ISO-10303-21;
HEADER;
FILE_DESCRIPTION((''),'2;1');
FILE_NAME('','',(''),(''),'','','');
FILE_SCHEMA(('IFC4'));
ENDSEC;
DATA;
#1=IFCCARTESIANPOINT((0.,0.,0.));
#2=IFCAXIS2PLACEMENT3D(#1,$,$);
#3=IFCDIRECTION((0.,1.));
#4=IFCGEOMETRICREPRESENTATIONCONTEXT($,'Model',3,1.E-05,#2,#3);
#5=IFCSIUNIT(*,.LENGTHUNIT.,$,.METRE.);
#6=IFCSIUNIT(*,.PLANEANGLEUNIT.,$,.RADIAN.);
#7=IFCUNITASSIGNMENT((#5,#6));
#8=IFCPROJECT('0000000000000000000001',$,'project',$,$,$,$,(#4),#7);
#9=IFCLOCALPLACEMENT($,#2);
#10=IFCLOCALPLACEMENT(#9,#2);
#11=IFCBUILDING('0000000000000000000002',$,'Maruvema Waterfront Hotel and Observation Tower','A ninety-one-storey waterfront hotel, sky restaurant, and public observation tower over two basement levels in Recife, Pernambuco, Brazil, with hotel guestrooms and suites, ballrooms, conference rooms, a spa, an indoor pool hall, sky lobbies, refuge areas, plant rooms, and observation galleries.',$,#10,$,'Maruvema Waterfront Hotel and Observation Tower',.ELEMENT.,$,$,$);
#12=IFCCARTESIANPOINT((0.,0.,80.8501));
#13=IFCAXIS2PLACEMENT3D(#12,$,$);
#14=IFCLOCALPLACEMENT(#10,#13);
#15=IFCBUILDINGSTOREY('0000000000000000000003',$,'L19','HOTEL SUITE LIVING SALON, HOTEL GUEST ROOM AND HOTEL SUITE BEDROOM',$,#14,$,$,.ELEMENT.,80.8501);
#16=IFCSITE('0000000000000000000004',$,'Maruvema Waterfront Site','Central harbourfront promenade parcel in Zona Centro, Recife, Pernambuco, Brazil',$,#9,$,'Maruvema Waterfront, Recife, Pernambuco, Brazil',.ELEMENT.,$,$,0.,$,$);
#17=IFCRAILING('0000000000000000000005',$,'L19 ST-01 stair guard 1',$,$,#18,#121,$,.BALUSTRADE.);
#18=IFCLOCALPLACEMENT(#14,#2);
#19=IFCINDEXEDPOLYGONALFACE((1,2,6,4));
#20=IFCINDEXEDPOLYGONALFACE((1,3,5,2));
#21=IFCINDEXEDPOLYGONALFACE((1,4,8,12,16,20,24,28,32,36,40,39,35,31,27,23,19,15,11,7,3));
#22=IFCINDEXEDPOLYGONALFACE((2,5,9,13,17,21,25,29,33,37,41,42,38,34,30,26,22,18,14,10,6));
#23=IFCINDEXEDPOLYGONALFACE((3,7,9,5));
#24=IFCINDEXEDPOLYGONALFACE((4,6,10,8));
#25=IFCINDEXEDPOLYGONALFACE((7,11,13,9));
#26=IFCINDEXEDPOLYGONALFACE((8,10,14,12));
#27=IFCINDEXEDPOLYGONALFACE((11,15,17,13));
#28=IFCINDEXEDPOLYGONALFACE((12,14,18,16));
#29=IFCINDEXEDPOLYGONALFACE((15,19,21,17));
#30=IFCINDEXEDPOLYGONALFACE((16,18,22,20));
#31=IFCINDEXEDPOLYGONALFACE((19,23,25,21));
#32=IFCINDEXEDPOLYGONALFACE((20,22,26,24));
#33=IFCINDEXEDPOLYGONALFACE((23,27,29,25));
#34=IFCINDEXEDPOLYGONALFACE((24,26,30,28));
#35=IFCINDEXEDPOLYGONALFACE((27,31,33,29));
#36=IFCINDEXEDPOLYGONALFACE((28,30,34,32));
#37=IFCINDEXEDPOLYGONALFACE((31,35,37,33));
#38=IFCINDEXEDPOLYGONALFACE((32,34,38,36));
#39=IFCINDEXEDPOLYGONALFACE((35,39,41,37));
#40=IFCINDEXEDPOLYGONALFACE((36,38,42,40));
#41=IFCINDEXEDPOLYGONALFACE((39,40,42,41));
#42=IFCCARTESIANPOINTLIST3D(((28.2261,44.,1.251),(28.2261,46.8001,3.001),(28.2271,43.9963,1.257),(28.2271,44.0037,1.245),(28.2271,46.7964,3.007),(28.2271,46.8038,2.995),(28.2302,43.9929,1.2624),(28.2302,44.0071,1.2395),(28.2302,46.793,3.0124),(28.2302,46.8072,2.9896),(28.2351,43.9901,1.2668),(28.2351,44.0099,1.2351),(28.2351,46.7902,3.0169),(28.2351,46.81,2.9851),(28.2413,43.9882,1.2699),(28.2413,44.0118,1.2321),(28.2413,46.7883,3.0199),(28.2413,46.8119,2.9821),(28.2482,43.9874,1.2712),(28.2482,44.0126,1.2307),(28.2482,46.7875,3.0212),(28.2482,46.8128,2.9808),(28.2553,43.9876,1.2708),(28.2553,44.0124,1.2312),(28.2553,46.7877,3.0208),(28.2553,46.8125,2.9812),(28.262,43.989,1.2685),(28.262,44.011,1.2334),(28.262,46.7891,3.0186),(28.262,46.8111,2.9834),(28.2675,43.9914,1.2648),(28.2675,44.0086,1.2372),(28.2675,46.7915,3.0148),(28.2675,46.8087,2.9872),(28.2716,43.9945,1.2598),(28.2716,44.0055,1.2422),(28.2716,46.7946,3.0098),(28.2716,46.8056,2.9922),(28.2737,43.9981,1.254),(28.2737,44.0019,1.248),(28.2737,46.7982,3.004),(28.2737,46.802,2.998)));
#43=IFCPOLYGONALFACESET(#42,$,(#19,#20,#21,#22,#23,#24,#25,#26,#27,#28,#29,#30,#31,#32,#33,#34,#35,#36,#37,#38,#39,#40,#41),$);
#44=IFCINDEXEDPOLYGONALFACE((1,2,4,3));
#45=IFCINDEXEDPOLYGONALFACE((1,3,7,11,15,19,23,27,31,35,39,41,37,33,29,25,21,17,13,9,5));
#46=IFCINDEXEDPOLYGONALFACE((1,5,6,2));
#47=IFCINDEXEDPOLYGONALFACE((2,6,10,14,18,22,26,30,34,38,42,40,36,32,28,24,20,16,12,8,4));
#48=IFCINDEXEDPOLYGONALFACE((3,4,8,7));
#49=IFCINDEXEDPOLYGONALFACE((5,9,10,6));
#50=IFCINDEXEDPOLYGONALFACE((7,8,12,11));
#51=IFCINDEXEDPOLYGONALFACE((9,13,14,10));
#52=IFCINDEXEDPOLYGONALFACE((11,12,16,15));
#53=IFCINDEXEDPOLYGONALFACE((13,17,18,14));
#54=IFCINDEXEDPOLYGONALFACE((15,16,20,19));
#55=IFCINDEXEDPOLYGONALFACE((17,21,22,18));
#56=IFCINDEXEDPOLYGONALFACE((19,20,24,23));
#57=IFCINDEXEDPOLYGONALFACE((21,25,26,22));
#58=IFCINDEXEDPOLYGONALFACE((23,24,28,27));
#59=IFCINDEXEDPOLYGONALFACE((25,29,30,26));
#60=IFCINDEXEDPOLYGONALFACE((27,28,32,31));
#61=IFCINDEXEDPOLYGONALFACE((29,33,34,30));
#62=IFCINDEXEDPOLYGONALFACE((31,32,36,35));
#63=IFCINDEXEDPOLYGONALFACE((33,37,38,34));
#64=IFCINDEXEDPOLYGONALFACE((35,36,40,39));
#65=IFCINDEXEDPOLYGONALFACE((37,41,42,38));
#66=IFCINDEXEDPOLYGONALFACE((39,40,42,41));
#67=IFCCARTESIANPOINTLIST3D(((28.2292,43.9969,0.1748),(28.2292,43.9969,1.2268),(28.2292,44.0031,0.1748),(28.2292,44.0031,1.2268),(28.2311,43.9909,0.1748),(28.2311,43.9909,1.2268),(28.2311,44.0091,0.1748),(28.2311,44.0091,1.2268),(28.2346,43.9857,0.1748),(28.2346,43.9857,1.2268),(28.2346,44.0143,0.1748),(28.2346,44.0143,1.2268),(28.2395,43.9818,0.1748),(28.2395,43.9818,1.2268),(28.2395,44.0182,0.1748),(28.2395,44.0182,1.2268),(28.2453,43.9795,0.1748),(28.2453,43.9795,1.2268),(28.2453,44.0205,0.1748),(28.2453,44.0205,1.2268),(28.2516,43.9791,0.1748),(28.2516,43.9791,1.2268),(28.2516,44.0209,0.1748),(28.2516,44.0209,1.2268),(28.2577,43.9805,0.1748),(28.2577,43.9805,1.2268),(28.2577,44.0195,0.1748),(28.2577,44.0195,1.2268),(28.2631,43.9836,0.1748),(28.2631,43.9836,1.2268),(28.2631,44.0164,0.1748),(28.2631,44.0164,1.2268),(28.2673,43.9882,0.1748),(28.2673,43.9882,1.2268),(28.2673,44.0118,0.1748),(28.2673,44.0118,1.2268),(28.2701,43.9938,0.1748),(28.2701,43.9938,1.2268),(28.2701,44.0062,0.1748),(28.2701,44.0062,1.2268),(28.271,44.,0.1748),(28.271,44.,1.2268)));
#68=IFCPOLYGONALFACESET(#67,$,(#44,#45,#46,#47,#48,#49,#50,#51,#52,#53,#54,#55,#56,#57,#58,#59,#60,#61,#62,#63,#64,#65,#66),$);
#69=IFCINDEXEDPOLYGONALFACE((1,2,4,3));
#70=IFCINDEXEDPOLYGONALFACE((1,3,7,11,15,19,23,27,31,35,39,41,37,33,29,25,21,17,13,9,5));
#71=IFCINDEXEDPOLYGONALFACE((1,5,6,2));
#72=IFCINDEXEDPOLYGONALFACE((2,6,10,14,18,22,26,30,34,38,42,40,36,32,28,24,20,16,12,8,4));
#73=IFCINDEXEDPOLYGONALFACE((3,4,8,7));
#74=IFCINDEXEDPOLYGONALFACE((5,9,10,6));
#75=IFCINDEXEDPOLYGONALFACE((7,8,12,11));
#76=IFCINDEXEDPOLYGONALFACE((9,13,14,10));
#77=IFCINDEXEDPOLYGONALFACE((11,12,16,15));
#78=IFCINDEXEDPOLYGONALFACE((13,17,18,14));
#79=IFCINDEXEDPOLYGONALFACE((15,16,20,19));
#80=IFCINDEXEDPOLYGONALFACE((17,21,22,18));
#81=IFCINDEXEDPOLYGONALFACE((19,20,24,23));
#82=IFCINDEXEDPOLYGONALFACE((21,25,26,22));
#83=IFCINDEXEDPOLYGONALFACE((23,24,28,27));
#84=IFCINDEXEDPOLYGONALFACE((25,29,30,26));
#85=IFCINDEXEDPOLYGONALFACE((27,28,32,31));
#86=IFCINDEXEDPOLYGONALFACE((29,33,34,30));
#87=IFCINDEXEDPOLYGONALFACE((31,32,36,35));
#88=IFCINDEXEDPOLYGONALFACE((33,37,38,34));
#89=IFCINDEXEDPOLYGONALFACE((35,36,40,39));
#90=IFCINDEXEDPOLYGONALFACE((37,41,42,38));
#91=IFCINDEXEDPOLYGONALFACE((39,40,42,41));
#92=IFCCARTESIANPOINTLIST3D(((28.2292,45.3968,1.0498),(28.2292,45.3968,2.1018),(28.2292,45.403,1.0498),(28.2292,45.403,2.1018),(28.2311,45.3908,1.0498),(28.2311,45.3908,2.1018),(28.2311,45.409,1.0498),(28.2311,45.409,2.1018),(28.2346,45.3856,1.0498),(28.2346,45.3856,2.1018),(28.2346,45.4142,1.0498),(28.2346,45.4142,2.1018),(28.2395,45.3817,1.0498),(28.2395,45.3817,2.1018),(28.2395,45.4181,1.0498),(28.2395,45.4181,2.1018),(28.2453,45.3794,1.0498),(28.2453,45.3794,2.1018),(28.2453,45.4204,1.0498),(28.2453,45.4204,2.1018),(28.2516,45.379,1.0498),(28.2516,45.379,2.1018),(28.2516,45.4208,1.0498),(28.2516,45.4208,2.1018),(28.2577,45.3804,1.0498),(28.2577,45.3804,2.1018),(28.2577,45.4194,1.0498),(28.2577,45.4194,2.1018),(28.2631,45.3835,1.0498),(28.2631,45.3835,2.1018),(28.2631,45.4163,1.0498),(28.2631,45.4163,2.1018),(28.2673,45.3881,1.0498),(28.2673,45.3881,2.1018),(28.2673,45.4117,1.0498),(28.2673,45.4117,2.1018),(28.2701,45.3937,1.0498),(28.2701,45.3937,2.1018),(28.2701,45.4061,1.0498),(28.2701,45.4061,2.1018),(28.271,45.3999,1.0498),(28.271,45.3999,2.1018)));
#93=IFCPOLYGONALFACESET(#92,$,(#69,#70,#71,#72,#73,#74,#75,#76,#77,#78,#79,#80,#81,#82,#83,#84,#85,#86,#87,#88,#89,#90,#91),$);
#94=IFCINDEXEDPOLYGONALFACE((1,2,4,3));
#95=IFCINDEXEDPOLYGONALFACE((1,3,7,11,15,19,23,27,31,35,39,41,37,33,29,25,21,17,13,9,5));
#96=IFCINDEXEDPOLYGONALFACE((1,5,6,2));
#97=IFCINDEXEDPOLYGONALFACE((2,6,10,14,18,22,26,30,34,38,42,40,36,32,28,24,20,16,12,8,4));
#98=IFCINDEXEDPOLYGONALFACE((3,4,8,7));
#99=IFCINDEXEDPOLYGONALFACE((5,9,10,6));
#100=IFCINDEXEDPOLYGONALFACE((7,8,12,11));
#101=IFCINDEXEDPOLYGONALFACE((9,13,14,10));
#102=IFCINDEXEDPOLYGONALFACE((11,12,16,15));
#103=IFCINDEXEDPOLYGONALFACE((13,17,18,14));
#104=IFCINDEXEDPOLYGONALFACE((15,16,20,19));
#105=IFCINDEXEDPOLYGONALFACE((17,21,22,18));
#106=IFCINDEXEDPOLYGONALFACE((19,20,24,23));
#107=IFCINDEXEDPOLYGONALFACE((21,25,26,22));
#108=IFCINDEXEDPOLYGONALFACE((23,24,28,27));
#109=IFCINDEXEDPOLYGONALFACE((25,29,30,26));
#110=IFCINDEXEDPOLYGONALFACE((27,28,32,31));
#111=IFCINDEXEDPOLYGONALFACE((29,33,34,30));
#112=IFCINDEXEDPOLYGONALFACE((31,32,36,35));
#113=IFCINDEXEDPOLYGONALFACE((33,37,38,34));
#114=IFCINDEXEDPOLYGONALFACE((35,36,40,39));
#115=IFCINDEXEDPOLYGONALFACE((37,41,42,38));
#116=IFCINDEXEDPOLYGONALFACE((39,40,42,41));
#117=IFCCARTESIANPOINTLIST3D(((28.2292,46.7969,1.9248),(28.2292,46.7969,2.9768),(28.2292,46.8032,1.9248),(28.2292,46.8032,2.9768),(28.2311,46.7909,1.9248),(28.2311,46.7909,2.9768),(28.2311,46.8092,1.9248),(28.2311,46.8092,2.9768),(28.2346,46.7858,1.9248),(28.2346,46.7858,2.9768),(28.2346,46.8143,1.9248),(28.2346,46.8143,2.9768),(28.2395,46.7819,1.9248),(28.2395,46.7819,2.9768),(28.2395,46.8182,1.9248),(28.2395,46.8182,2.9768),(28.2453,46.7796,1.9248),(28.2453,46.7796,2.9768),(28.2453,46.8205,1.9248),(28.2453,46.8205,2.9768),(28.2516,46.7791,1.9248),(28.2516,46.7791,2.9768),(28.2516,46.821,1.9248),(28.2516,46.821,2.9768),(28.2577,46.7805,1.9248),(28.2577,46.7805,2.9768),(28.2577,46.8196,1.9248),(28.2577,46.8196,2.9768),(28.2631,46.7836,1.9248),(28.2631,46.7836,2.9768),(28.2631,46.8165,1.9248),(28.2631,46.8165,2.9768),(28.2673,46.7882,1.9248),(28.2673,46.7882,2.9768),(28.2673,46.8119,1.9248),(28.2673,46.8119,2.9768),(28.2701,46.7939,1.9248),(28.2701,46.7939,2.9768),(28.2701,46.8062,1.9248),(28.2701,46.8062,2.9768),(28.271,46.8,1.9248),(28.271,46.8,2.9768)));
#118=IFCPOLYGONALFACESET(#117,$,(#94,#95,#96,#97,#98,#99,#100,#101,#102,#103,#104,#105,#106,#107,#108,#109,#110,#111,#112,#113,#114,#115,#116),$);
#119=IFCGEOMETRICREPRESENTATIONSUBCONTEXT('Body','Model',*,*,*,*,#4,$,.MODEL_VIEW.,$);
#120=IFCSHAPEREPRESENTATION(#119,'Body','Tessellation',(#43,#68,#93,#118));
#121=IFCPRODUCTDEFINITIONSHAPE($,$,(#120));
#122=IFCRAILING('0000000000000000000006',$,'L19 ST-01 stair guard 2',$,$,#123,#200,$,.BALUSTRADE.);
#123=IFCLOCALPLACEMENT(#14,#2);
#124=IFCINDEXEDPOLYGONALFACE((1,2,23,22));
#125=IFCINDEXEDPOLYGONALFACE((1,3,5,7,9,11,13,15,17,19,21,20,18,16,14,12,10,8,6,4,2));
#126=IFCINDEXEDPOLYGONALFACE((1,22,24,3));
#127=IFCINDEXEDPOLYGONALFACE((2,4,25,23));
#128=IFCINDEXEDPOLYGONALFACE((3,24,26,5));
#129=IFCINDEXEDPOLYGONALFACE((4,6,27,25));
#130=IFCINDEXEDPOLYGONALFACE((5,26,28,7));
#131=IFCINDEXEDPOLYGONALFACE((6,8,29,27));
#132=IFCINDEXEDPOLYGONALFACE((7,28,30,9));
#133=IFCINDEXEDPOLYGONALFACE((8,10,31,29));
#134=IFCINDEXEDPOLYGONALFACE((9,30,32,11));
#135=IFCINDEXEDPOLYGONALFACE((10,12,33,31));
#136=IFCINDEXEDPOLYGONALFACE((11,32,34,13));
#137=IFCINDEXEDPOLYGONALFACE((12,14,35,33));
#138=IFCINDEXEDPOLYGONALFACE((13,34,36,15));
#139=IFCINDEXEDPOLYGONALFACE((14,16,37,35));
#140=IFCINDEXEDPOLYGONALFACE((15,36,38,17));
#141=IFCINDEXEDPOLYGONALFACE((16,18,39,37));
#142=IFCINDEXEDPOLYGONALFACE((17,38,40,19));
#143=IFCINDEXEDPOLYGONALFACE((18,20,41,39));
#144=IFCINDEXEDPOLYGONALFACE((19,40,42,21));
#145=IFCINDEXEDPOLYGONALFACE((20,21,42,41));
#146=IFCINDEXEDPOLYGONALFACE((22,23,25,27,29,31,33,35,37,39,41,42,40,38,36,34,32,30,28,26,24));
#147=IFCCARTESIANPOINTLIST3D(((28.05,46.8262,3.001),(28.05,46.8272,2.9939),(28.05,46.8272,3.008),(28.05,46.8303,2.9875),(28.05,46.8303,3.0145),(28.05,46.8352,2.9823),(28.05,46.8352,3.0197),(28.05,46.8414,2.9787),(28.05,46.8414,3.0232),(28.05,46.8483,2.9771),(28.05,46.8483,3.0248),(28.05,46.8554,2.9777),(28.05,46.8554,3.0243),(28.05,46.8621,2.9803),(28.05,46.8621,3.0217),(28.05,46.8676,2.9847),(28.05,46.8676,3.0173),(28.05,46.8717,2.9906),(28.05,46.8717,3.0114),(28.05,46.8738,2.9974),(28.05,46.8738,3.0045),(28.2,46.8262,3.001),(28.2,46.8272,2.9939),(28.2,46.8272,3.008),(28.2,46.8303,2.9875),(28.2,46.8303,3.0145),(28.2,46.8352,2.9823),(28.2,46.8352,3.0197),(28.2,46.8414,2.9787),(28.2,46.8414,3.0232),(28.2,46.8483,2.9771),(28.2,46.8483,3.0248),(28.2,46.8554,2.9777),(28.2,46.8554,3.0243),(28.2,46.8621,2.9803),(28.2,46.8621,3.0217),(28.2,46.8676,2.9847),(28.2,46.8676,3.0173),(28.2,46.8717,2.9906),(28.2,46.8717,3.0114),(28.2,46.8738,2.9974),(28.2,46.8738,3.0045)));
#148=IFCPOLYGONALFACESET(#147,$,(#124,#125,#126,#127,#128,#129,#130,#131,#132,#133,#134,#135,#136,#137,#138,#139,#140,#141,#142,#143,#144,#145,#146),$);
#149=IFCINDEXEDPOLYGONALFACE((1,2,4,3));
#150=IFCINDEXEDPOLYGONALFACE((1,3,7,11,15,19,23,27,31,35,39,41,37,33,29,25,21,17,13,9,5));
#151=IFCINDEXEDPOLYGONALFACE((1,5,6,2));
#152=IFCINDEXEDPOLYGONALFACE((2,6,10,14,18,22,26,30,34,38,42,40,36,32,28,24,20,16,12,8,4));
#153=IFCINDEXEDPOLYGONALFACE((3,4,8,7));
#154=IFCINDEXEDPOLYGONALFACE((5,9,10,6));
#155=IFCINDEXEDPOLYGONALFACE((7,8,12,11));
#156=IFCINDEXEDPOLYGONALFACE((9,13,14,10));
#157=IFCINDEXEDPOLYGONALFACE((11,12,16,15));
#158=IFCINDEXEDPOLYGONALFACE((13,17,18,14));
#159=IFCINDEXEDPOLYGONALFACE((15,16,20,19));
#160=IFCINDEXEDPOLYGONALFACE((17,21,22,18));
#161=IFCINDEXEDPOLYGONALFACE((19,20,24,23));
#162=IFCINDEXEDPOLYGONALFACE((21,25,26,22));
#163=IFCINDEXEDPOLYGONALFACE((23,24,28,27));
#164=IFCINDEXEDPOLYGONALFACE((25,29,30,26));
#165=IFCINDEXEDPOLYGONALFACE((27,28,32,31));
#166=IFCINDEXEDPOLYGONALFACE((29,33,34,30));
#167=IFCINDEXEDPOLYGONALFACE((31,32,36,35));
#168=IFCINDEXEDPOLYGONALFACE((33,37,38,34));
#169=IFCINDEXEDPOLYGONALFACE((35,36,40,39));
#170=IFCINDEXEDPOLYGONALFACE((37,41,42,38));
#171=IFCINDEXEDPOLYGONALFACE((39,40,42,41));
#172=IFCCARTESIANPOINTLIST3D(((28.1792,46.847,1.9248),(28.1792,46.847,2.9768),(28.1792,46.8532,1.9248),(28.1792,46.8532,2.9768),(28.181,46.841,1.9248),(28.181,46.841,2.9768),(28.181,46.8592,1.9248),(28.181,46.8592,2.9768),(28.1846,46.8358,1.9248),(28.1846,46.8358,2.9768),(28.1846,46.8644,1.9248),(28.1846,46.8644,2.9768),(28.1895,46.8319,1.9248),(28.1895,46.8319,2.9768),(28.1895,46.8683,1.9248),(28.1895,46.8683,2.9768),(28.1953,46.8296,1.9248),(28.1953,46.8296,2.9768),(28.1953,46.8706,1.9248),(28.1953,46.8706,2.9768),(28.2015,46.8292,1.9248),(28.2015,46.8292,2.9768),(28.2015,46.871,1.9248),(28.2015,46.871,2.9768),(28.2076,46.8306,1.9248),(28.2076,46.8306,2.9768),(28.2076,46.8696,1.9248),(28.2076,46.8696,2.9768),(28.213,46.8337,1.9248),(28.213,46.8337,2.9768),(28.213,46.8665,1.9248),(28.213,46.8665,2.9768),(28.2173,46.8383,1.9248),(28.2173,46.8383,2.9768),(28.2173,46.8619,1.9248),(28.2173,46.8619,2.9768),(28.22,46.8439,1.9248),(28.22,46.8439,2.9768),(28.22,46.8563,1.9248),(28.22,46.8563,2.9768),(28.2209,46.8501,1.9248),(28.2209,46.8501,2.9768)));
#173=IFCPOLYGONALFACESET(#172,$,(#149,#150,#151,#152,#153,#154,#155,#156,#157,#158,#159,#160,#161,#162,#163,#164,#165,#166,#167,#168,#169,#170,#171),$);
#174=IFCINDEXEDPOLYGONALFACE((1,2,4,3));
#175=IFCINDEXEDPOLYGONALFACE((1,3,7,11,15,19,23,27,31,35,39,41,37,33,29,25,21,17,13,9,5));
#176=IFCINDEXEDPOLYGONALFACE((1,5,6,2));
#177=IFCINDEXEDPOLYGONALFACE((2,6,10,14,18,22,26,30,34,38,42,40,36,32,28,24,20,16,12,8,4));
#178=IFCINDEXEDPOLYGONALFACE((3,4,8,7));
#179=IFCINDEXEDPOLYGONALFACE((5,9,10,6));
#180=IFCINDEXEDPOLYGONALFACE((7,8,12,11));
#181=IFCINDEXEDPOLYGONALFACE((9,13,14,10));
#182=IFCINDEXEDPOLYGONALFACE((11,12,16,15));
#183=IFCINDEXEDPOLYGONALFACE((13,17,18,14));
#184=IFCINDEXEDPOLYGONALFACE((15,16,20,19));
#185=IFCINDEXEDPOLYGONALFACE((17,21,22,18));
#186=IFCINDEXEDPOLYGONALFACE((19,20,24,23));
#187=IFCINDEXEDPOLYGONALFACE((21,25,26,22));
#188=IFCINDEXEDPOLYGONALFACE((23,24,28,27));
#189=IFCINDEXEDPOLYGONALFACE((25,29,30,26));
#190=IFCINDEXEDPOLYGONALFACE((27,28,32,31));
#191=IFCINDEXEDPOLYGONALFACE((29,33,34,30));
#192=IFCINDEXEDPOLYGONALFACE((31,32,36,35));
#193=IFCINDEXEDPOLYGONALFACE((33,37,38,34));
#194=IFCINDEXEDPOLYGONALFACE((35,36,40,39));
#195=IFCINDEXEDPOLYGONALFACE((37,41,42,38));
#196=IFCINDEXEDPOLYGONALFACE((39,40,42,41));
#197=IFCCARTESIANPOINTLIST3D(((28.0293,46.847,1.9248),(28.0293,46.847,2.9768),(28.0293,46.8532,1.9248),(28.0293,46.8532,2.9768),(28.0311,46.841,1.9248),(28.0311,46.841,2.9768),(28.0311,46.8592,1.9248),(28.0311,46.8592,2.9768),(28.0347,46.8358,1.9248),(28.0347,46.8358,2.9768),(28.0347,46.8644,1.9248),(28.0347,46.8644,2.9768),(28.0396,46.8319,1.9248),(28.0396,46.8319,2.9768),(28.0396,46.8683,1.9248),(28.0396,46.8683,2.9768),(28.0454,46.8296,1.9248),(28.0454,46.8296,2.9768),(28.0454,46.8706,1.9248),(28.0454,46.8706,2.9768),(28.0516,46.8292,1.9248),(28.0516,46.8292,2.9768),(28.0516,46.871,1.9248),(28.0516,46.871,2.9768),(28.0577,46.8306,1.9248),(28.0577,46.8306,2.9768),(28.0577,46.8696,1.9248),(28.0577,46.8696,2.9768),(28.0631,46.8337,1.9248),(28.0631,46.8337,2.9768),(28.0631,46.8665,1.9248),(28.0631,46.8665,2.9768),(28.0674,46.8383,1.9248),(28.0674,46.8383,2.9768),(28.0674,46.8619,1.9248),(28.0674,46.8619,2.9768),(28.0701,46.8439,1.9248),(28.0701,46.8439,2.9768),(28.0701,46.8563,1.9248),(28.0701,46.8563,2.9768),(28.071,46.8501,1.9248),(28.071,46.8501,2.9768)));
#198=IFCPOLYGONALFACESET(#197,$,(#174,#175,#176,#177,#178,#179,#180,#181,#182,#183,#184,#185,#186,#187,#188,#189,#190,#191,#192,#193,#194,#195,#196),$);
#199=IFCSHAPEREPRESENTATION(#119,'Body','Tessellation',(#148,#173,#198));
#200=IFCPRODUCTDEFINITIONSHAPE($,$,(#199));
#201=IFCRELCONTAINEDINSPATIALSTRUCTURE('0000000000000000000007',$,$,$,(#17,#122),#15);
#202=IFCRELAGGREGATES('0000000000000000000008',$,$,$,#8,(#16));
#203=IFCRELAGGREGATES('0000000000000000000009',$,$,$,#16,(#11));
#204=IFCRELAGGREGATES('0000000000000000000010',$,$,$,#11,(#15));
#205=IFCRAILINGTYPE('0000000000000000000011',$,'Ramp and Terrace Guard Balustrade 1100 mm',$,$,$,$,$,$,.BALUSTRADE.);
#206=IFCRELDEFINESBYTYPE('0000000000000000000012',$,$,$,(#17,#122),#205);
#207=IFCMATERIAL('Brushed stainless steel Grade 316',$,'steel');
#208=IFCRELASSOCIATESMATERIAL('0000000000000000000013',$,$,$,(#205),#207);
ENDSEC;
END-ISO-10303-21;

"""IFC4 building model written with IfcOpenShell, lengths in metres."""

from ifc_helpers import new_model, si_unit, direction, frame, origin, origin_2d, place, context, subcontext, project, spatial, circle, extrude, material, type_object, element, save


model = new_model("IFC4")

# Units and contexts
model_context = context("Model", 3, precision=1e-05, world=origin(), true_north=direction((0.0, 1.0)))
body_context = subcontext(model_context, "Body", "Model", "MODEL_VIEW")
ifc_project = project(units=[si_unit("LENGTHUNIT", "METRE"), si_unit("PLANEANGLEUNIT", "RADIAN")], contexts=[model_context])

# Site, building, storey
site_placement = place(None, origin())
site = spatial("IfcSite", under=ifc_project, at=site_placement, Name="Maruvema Waterfront Site", Description="Central harbourfront promenade parcel in Zona Centro, Recife, Pernambuco, Brazil", LongName="Maruvema Waterfront, Recife, Pernambuco, Brazil", CompositionType="ELEMENT", RefElevation=0.0)
building_placement = place(site_placement, origin())
building = spatial("IfcBuilding", under=site, at=building_placement, Name="Maruvema Waterfront Hotel and Observation Tower", Description="A ninety-one-storey waterfront hotel, sky restaurant, and public observation tower over two basement levels in Recife, Pernambuco, Brazil, with hotel guestrooms and suites, ballrooms, conference rooms, a spa, an indoor pool hall, sky lobbies, refuge areas, plant rooms, and observation galleries.", LongName="Maruvema Waterfront Hotel and Observation Tower", CompositionType="ELEMENT")
storey_placement = place(building_placement, frame((0.0, 0.0, 80.8501)))
storey = spatial("IfcBuildingStorey", under=building, at=storey_placement, Name="L19", Description="HOTEL SUITE LIVING SALON, HOTEL GUEST ROOM AND HOTEL SUITE BEDROOM", CompositionType="ELEMENT", Elevation=80.8501)

# Railings
ifc_material_1 = material(Name="Brushed stainless steel Grade 316", Category="steel")
railing_type_1 = type_object("IfcRailingType", Name="Ramp and Terrace Guard Balustrade 1100 mm", PredefinedType="BALUSTRADE", material=ifc_material_1)
railing_1_placement = place(storey_placement, frame((28.25, 44.0, 0.1748)))
element("IfcRailing", 1, at=railing_1_placement, inside=storey, type_object=railing_type_1, Name="L19 ST-01 stair guard 1", PredefinedType="BALUSTRADE", context=body_context, shape_type="SweptSolid", body=[
    extrude(circle(Radius=0.0239, at=origin_2d()), frame((0.0, 0.0, 1.0762), z_axis=(0.0, 0.848002, 0.529992), x_axis=(-1.0, 0.0, 0.0)), (0.0, 0.0, 1.0), 3.302),
    extrude(circle(Radius=0.021, at=origin_2d()), origin(), (0.0, 0.0, 1.0), 1.052),
    extrude(circle(Radius=0.021, at=origin_2d()), frame((0.0, 1.3999, 0.875)), (0.0, 0.0, 1.0), 1.052),
    extrude(circle(Radius=0.021, at=origin_2d()), frame((0.0, 2.8, 1.75)), (0.0, 0.0, 1.0), 1.052),
])
railing_2_placement = place(storey_placement, frame((28.2, 46.8501, 1.9248)))
element("IfcRailing", 2, at=railing_2_placement, inside=storey, type_object=railing_type_1, Name="L19 ST-01 stair guard 2", PredefinedType="BALUSTRADE", context=body_context, shape_type="SweptSolid", body=[
    extrude(circle(Radius=0.0239, at=origin_2d()), frame((0.0, 0.0, 1.0762), z_axis=(-1.0, 0.0, 0.0), x_axis=(0.0, -1.0, 0.0)), (0.0, 0.0, 1.0), 0.1499),
    extrude(circle(Radius=0.021, at=origin_2d()), origin(), (0.0, 0.0, 1.0), 1.052),
    extrude(circle(Radius=0.021, at=origin_2d()), frame((-0.1499, 0.0, 0.0)), (0.0, 0.0, 1.0), 1.052),
])

save(model, "model.ifc")
